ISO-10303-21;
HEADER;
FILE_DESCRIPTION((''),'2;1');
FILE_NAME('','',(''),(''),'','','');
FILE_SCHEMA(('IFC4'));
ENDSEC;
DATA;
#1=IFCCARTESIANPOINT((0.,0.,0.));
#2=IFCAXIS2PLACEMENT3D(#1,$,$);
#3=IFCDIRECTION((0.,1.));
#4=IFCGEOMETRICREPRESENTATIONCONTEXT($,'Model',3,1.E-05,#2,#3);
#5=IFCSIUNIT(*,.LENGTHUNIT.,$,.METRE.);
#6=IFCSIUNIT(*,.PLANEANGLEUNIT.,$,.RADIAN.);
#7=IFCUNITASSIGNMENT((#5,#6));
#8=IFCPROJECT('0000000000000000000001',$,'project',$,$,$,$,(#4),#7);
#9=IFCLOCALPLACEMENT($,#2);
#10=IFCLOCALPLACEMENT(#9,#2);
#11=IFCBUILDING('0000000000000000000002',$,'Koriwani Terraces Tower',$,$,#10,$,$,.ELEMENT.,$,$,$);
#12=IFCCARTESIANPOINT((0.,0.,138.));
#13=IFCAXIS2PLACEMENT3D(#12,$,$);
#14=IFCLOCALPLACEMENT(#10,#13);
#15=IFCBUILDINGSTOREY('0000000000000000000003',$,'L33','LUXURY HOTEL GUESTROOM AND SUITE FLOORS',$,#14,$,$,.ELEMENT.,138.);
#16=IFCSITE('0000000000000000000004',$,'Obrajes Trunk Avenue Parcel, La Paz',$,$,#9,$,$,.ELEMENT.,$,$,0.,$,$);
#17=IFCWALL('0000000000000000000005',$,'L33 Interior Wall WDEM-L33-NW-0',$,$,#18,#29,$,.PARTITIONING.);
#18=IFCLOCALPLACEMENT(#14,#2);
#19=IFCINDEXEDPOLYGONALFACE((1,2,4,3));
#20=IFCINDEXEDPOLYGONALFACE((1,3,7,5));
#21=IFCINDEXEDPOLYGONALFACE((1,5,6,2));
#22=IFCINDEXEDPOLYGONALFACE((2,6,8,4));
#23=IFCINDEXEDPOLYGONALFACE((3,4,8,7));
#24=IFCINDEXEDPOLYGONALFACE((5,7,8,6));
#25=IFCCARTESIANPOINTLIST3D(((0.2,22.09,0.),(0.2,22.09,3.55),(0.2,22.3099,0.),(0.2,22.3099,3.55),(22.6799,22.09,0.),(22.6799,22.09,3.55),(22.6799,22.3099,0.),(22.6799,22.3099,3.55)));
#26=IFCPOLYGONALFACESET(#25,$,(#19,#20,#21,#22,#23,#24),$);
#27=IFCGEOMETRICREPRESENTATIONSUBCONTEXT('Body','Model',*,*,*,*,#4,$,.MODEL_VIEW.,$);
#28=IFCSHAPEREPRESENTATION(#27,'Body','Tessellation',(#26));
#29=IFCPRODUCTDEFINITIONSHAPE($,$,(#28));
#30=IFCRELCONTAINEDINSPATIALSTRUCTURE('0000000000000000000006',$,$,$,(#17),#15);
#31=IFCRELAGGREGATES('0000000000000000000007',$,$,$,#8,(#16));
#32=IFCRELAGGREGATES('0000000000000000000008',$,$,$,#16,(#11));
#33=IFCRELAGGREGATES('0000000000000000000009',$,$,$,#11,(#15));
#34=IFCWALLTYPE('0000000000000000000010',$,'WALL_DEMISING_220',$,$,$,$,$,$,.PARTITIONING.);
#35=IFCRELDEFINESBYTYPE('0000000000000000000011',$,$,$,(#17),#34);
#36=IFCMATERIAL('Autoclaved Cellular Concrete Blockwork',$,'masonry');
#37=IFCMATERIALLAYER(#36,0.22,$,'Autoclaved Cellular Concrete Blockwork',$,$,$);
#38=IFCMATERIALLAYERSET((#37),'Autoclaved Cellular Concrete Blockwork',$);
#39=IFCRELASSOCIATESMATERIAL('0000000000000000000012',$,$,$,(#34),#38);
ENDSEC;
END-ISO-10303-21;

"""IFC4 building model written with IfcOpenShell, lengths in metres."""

from ifc_helpers import new_model, si_unit, direction, frame, frame_2d, origin, place, context, subcontext, project, spatial, rectangle, extrude, material, layer, layer_set, type_object, element, save


model = new_model("IFC4")

# Units and contexts
model_context = context("Model", 3, precision=1e-05, world=origin(), true_north=direction((0.0, 1.0)))
body_context = subcontext(model_context, "Body", "Model", "MODEL_VIEW")
ifc_project = project(units=[si_unit("LENGTHUNIT", "METRE"), si_unit("PLANEANGLEUNIT", "RADIAN")], contexts=[model_context])

# Site, building, storey
site_placement = place(None, origin())
site = spatial("IfcSite", under=ifc_project, at=site_placement, Name="Obrajes Trunk Avenue Parcel, La Paz", CompositionType="ELEMENT", RefElevation=0.0)
building_placement = place(site_placement, origin())
building = spatial("IfcBuilding", under=site, at=building_placement, Name="Koriwani Terraces Tower", CompositionType="ELEMENT")
storey_placement = place(building_placement, frame((0.0, 0.0, 138.0)))
storey = spatial("IfcBuildingStorey", under=building, at=storey_placement, Name="L33", Description="LUXURY HOTEL GUESTROOM AND SUITE FLOORS", CompositionType="ELEMENT", Elevation=138.0)

# Shared definitions
ifc_material_1 = material(Name="Autoclaved Cellular Concrete Blockwork", Category="masonry")

# Wall
ifc_layer_1 = layer(ifc_material_1, 0.22, Name="Autoclaved Cellular Concrete Blockwork")
ifc_layer_set_1 = layer_set([ifc_layer_1], Name="Autoclaved Cellular Concrete Blockwork")
wall_type_1 = type_object("IfcWallType", Name="WALL_DEMISING_220", PredefinedType="PARTITIONING", material=ifc_layer_set_1)
wall_1_placement = place(storey_placement, frame((0.2, 22.2, 0.0), z_axis=(0.0, 0.0, 1.0), x_axis=(1.0, 0.0, 0.0)))
element("IfcWall", 1, at=wall_1_placement, inside=storey, type_object=wall_type_1, Name="L33 Interior Wall WDEM-L33-NW-0", PredefinedType="PARTITIONING", context=body_context, shape_type="SweptSolid", body=[
    extrude(rectangle(XDim=22.48, YDim=0.22, at=frame_2d((11.24, 0.0))), origin(), (0.0, 0.0, 1.0), 3.55),
])

save(model, "model.ifc")
